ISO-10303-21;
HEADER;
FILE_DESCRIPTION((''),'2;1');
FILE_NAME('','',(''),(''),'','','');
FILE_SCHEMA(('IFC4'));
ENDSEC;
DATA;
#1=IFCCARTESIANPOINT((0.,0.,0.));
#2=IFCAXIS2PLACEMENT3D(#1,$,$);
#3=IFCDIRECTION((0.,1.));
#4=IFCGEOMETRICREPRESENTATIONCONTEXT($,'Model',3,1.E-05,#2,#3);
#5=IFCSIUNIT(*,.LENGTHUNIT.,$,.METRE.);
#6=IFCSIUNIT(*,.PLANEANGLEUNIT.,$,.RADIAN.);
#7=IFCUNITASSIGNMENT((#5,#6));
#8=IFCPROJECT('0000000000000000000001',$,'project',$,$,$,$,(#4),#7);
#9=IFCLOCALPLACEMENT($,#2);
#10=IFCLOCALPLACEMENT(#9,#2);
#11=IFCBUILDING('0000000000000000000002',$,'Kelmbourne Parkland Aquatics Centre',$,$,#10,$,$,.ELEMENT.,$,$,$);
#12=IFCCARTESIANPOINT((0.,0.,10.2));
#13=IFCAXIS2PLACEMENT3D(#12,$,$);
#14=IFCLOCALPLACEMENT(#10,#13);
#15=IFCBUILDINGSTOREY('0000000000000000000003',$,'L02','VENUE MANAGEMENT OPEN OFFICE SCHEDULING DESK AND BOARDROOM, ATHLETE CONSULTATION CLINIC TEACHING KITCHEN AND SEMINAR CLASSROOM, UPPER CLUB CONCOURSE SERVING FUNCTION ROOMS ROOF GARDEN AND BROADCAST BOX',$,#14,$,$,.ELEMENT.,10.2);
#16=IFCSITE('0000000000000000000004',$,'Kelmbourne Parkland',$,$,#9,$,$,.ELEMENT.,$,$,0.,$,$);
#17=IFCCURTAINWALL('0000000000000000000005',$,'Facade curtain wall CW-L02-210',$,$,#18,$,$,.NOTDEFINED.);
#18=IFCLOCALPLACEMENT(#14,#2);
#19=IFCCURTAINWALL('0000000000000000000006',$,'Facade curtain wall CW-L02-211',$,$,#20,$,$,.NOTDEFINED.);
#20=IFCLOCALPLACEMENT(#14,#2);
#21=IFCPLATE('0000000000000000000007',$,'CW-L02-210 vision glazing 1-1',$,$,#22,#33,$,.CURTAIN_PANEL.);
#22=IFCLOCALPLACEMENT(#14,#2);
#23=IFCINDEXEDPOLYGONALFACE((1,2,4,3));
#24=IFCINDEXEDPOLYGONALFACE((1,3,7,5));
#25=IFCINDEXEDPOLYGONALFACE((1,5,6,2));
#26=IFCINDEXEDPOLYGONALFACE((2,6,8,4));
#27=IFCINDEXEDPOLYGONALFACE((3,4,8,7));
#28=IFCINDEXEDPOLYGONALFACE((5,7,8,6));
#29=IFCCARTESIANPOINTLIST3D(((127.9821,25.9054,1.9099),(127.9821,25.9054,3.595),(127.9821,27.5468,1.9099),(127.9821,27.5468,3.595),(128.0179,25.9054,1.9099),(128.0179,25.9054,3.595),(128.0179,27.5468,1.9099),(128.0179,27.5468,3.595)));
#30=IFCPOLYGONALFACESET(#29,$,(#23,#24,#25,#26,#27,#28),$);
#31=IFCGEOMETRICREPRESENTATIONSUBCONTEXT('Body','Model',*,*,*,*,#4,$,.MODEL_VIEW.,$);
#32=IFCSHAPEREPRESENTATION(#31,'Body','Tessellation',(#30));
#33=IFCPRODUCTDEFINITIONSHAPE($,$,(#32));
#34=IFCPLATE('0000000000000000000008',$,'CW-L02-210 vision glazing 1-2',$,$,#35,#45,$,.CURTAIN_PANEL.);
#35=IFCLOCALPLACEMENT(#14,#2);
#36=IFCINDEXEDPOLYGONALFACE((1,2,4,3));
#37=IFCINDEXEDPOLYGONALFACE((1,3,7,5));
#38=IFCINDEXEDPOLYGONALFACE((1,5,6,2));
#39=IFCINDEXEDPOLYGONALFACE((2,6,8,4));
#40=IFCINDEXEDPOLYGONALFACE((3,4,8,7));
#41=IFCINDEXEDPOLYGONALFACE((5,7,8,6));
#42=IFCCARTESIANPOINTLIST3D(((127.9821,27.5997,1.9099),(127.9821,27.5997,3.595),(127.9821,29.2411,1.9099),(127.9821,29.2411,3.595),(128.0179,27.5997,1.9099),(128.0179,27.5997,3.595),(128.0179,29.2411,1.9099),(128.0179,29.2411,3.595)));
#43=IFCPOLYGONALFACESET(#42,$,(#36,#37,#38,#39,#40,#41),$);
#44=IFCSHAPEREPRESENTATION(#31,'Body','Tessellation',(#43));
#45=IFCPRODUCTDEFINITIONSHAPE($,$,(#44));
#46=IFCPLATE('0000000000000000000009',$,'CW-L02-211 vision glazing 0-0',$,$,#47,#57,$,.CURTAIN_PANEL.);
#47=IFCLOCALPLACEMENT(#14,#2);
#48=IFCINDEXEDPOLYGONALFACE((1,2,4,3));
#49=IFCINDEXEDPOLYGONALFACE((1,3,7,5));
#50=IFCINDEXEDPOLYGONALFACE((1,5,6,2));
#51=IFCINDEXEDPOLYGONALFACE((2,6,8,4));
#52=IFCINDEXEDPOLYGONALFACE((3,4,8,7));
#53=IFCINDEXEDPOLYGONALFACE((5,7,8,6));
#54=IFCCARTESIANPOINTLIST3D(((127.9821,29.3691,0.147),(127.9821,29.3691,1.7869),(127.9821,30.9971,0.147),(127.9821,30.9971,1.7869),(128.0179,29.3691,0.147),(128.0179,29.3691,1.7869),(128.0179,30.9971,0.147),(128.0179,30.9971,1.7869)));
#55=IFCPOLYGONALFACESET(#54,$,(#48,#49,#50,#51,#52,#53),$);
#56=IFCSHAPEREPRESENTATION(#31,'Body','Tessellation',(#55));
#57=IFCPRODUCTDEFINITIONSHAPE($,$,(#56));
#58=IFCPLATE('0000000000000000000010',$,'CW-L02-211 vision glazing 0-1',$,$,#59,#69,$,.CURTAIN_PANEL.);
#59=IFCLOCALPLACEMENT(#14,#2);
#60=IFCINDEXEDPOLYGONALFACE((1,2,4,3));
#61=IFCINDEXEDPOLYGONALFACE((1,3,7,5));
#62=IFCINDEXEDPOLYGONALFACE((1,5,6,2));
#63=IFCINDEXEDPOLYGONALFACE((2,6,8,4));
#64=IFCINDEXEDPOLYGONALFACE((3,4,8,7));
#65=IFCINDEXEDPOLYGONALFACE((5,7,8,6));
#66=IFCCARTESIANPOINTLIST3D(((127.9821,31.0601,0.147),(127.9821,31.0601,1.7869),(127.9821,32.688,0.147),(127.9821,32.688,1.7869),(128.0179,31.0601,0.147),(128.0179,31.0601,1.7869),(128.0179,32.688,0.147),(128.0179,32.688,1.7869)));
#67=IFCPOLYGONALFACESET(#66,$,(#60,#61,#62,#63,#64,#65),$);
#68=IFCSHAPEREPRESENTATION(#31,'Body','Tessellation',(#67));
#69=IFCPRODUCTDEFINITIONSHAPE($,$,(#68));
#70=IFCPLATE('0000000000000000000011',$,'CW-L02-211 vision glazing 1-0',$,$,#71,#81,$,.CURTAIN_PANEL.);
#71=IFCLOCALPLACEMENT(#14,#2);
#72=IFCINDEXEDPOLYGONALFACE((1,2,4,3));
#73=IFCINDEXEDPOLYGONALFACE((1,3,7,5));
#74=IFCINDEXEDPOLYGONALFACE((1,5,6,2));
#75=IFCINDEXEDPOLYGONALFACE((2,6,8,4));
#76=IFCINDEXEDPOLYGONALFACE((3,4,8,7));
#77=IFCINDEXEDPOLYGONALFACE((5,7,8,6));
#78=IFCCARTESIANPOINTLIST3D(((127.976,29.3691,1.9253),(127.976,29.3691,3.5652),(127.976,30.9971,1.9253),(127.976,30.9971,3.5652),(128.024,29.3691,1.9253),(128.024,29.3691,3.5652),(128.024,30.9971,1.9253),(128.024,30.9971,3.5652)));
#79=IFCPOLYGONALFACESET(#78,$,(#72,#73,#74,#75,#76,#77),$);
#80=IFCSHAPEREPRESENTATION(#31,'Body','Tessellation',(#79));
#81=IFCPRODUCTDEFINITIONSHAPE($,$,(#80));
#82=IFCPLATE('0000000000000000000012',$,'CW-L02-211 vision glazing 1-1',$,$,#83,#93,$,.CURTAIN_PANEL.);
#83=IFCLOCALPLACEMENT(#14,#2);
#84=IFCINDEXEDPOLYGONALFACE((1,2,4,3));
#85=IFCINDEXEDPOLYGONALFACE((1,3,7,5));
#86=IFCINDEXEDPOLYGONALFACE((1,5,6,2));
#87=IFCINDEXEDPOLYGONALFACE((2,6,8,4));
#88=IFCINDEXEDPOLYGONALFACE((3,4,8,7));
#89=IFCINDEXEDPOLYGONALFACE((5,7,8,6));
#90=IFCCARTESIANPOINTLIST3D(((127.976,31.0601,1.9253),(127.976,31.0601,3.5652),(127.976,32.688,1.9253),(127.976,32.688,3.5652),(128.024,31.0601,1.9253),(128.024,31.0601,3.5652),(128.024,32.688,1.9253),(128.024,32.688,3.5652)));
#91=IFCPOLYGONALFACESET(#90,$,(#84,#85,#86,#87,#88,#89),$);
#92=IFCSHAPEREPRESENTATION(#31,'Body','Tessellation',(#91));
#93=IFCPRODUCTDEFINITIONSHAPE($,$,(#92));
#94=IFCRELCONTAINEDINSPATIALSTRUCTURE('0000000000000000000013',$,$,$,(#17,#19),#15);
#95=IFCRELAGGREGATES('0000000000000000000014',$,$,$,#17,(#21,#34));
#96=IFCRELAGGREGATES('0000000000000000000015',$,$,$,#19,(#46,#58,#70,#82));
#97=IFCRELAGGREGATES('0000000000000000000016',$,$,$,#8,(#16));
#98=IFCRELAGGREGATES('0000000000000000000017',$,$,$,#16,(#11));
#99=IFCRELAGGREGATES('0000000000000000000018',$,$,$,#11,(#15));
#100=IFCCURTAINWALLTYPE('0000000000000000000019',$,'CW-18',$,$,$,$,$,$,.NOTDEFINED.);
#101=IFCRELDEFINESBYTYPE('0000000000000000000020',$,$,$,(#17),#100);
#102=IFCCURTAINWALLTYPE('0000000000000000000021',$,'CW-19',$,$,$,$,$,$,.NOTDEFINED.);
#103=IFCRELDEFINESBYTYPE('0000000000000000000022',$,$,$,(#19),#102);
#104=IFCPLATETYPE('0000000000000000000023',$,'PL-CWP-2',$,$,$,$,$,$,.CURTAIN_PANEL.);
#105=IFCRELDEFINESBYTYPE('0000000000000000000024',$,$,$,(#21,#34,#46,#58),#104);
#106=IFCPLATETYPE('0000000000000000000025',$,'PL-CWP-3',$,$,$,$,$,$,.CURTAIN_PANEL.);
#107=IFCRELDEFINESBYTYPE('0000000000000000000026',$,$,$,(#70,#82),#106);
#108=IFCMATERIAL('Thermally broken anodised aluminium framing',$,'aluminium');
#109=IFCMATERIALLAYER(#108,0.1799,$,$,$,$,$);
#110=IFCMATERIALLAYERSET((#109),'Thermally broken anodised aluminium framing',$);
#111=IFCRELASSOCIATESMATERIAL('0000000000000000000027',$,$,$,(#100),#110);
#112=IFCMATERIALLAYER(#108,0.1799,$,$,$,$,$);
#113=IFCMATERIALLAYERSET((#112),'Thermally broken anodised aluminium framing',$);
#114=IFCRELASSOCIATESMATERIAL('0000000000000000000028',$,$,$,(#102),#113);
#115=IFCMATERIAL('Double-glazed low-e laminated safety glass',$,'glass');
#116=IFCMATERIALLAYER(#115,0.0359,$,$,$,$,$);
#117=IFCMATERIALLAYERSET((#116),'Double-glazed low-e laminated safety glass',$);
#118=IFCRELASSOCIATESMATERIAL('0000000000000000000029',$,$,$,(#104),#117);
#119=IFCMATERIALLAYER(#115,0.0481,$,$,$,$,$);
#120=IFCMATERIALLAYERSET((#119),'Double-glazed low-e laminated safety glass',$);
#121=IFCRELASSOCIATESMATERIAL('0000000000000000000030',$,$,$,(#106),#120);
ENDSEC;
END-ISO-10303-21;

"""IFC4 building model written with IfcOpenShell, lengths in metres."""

from ifc_helpers import new_model, si_unit, direction, frame, origin, origin_2d, place, context, subcontext, project, spatial, rectangle, extrude, material, layer, layer_set, type_object, element, aggregate, save


model = new_model("IFC4")

# Units and contexts
model_context = context("Model", 3, precision=1e-05, world=origin(), true_north=direction((0.0, 1.0)))
body_context = subcontext(model_context, "Body", "Model", "MODEL_VIEW")
ifc_project = project(units=[si_unit("LENGTHUNIT", "METRE"), si_unit("PLANEANGLEUNIT", "RADIAN")], contexts=[model_context])

# Site, building, storey
site_placement = place(None, origin())
site = spatial("IfcSite", under=ifc_project, at=site_placement, Name="Kelmbourne Parkland", CompositionType="ELEMENT", RefElevation=0.0)
building_placement = place(site_placement, origin())
building = spatial("IfcBuilding", under=site, at=building_placement, Name="Kelmbourne Parkland Aquatics Centre", CompositionType="ELEMENT")
storey_placement = place(building_placement, frame((0.0, 0.0, 10.2)))
storey = spatial("IfcBuildingStorey", under=building, at=storey_placement, Name="L02", Description="VENUE MANAGEMENT OPEN OFFICE SCHEDULING DESK AND BOARDROOM, ATHLETE CONSULTATION CLINIC TEACHING KITCHEN AND SEMINAR CLASSROOM, UPPER CLUB CONCOURSE SERVING FUNCTION ROOMS ROOF GARDEN AND BROADCAST BOX", CompositionType="ELEMENT", Elevation=10.2)

# Curtain walls
ifc_material_1 = material(Name="Thermally broken anodised aluminium framing", Category="aluminium")
ifc_layer_1 = layer(ifc_material_1, 0.1799)
ifc_layer_set_1 = layer_set([ifc_layer_1], Name="Thermally broken anodised aluminium framing")
curtain_wall_type_1 = type_object("IfcCurtainWallType", Name="CW-18", PredefinedType="NOTDEFINED", material=ifc_layer_set_1)
curtain_wall_1_placement = place(storey_placement, origin())
curtain_wall_1 = element("IfcCurtainWall", 1, at=curtain_wall_1_placement, inside=storey, type_object=curtain_wall_type_1, Name="Facade curtain wall CW-L02-210", PredefinedType="NOTDEFINED")
ifc_layer_2 = layer(ifc_material_1, 0.1799)
ifc_layer_set_2 = layer_set([ifc_layer_2], Name="Thermally broken anodised aluminium framing")
curtain_wall_type_2 = type_object("IfcCurtainWallType", Name="CW-19", PredefinedType="NOTDEFINED", material=ifc_layer_set_2)
curtain_wall_2_placement = place(storey_placement, origin())
curtain_wall_2 = element("IfcCurtainWall", 2, at=curtain_wall_2_placement, inside=storey, type_object=curtain_wall_type_2, Name="Facade curtain wall CW-L02-211", PredefinedType="NOTDEFINED")

# Plates
ifc_material_2 = material(Name="Double-glazed low-e laminated safety glass", Category="glass")
ifc_layer_3 = layer(ifc_material_2, 0.0359)
ifc_layer_set_3 = layer_set([ifc_layer_3], Name="Double-glazed low-e laminated safety glass")
plate_type_1 = type_object("IfcPlateType", Name="PL-CWP-2", PredefinedType="CURTAIN_PANEL", material=ifc_layer_set_3)
plate_1_placement = place(storey_placement, frame((128.0, 26.7261, 1.9099), z_axis=(0.0, 0.0, 1.0), x_axis=(0.0, 1.0, 0.0)))
plate_1 = element("IfcPlate", 3, at=plate_1_placement, type_object=plate_type_1, Name="CW-L02-210 vision glazing 1-1", PredefinedType="CURTAIN_PANEL", context=body_context, shape_type="SweptSolid", body=[
    extrude(rectangle(XDim=1.6414, YDim=0.0359, at=origin_2d()), origin(), (0.0, 0.0, 1.0), 1.6851),
])
plate_2_placement = place(storey_placement, frame((128.0, 28.4204, 1.9099), z_axis=(0.0, 0.0, 1.0), x_axis=(0.0, 1.0, 0.0)))
plate_2 = element("IfcPlate", 4, at=plate_2_placement, type_object=plate_type_1, Name="CW-L02-210 vision glazing 1-2", PredefinedType="CURTAIN_PANEL", context=body_context, shape_type="SweptSolid", body=[
    extrude(rectangle(XDim=1.6414, YDim=0.0359, at=origin_2d()), origin(), (0.0, 0.0, 1.0), 1.6851),
])
aggregate(curtain_wall_1, [plate_1, plate_2])
plate_3_placement = place(storey_placement, frame((128.0, 30.1831, 0.147), z_axis=(0.0, 0.0, 1.0), x_axis=(0.0, 1.0, 0.0)))
plate_3 = element("IfcPlate", 5, at=plate_3_placement, type_object=plate_type_1, Name="CW-L02-211 vision glazing 0-0", PredefinedType="CURTAIN_PANEL", context=body_context, shape_type="SweptSolid", body=[
    extrude(rectangle(XDim=1.6279, YDim=0.0359, at=origin_2d()), origin(), (0.0, 0.0, 1.0), 1.6399),
])
plate_4_placement = place(storey_placement, frame((128.0, 31.874, 0.147), z_axis=(0.0, 0.0, 1.0), x_axis=(0.0, 1.0, 0.0)))
plate_4 = element("IfcPlate", 6, at=plate_4_placement, type_object=plate_type_1, Name="CW-L02-211 vision glazing 0-1", PredefinedType="CURTAIN_PANEL", context=body_context, shape_type="SweptSolid", body=[
    extrude(rectangle(XDim=1.6279, YDim=0.0359, at=origin_2d()), origin(), (0.0, 0.0, 1.0), 1.6399),
])
ifc_layer_4 = layer(ifc_material_2, 0.0481)
ifc_layer_set_4 = layer_set([ifc_layer_4], Name="Double-glazed low-e laminated safety glass")
plate_type_2 = type_object("IfcPlateType", Name="PL-CWP-3", PredefinedType="CURTAIN_PANEL", material=ifc_layer_set_4)
plate_5_placement = place(storey_placement, frame((128.0, 30.1831, 1.9253), z_axis=(0.0, 0.0, 1.0), x_axis=(0.0, 1.0, 0.0)))
plate_5 = element("IfcPlate", 7, at=plate_5_placement, type_object=plate_type_2, Name="CW-L02-211 vision glazing 1-0", PredefinedType="CURTAIN_PANEL", context=body_context, shape_type="SweptSolid", body=[
    extrude(rectangle(XDim=1.6279, YDim=0.0481, at=origin_2d()), origin(), (0.0, 0.0, 1.0), 1.6399),
])
plate_6_placement = place(storey_placement, frame((128.0, 31.874, 1.9253), z_axis=(0.0, 0.0, 1.0), x_axis=(0.0, 1.0, 0.0)))
plate_6 = element("IfcPlate", 8, at=plate_6_placement, type_object=plate_type_2, Name="CW-L02-211 vision glazing 1-1", PredefinedType="CURTAIN_PANEL", context=body_context, shape_type="SweptSolid", body=[
    extrude(rectangle(XDim=1.6279, YDim=0.0481, at=origin_2d()), origin(), (0.0, 0.0, 1.0), 1.6399),
])
aggregate(curtain_wall_2, [plate_3, plate_4, plate_5, plate_6])

save(model, "model.ifc")
